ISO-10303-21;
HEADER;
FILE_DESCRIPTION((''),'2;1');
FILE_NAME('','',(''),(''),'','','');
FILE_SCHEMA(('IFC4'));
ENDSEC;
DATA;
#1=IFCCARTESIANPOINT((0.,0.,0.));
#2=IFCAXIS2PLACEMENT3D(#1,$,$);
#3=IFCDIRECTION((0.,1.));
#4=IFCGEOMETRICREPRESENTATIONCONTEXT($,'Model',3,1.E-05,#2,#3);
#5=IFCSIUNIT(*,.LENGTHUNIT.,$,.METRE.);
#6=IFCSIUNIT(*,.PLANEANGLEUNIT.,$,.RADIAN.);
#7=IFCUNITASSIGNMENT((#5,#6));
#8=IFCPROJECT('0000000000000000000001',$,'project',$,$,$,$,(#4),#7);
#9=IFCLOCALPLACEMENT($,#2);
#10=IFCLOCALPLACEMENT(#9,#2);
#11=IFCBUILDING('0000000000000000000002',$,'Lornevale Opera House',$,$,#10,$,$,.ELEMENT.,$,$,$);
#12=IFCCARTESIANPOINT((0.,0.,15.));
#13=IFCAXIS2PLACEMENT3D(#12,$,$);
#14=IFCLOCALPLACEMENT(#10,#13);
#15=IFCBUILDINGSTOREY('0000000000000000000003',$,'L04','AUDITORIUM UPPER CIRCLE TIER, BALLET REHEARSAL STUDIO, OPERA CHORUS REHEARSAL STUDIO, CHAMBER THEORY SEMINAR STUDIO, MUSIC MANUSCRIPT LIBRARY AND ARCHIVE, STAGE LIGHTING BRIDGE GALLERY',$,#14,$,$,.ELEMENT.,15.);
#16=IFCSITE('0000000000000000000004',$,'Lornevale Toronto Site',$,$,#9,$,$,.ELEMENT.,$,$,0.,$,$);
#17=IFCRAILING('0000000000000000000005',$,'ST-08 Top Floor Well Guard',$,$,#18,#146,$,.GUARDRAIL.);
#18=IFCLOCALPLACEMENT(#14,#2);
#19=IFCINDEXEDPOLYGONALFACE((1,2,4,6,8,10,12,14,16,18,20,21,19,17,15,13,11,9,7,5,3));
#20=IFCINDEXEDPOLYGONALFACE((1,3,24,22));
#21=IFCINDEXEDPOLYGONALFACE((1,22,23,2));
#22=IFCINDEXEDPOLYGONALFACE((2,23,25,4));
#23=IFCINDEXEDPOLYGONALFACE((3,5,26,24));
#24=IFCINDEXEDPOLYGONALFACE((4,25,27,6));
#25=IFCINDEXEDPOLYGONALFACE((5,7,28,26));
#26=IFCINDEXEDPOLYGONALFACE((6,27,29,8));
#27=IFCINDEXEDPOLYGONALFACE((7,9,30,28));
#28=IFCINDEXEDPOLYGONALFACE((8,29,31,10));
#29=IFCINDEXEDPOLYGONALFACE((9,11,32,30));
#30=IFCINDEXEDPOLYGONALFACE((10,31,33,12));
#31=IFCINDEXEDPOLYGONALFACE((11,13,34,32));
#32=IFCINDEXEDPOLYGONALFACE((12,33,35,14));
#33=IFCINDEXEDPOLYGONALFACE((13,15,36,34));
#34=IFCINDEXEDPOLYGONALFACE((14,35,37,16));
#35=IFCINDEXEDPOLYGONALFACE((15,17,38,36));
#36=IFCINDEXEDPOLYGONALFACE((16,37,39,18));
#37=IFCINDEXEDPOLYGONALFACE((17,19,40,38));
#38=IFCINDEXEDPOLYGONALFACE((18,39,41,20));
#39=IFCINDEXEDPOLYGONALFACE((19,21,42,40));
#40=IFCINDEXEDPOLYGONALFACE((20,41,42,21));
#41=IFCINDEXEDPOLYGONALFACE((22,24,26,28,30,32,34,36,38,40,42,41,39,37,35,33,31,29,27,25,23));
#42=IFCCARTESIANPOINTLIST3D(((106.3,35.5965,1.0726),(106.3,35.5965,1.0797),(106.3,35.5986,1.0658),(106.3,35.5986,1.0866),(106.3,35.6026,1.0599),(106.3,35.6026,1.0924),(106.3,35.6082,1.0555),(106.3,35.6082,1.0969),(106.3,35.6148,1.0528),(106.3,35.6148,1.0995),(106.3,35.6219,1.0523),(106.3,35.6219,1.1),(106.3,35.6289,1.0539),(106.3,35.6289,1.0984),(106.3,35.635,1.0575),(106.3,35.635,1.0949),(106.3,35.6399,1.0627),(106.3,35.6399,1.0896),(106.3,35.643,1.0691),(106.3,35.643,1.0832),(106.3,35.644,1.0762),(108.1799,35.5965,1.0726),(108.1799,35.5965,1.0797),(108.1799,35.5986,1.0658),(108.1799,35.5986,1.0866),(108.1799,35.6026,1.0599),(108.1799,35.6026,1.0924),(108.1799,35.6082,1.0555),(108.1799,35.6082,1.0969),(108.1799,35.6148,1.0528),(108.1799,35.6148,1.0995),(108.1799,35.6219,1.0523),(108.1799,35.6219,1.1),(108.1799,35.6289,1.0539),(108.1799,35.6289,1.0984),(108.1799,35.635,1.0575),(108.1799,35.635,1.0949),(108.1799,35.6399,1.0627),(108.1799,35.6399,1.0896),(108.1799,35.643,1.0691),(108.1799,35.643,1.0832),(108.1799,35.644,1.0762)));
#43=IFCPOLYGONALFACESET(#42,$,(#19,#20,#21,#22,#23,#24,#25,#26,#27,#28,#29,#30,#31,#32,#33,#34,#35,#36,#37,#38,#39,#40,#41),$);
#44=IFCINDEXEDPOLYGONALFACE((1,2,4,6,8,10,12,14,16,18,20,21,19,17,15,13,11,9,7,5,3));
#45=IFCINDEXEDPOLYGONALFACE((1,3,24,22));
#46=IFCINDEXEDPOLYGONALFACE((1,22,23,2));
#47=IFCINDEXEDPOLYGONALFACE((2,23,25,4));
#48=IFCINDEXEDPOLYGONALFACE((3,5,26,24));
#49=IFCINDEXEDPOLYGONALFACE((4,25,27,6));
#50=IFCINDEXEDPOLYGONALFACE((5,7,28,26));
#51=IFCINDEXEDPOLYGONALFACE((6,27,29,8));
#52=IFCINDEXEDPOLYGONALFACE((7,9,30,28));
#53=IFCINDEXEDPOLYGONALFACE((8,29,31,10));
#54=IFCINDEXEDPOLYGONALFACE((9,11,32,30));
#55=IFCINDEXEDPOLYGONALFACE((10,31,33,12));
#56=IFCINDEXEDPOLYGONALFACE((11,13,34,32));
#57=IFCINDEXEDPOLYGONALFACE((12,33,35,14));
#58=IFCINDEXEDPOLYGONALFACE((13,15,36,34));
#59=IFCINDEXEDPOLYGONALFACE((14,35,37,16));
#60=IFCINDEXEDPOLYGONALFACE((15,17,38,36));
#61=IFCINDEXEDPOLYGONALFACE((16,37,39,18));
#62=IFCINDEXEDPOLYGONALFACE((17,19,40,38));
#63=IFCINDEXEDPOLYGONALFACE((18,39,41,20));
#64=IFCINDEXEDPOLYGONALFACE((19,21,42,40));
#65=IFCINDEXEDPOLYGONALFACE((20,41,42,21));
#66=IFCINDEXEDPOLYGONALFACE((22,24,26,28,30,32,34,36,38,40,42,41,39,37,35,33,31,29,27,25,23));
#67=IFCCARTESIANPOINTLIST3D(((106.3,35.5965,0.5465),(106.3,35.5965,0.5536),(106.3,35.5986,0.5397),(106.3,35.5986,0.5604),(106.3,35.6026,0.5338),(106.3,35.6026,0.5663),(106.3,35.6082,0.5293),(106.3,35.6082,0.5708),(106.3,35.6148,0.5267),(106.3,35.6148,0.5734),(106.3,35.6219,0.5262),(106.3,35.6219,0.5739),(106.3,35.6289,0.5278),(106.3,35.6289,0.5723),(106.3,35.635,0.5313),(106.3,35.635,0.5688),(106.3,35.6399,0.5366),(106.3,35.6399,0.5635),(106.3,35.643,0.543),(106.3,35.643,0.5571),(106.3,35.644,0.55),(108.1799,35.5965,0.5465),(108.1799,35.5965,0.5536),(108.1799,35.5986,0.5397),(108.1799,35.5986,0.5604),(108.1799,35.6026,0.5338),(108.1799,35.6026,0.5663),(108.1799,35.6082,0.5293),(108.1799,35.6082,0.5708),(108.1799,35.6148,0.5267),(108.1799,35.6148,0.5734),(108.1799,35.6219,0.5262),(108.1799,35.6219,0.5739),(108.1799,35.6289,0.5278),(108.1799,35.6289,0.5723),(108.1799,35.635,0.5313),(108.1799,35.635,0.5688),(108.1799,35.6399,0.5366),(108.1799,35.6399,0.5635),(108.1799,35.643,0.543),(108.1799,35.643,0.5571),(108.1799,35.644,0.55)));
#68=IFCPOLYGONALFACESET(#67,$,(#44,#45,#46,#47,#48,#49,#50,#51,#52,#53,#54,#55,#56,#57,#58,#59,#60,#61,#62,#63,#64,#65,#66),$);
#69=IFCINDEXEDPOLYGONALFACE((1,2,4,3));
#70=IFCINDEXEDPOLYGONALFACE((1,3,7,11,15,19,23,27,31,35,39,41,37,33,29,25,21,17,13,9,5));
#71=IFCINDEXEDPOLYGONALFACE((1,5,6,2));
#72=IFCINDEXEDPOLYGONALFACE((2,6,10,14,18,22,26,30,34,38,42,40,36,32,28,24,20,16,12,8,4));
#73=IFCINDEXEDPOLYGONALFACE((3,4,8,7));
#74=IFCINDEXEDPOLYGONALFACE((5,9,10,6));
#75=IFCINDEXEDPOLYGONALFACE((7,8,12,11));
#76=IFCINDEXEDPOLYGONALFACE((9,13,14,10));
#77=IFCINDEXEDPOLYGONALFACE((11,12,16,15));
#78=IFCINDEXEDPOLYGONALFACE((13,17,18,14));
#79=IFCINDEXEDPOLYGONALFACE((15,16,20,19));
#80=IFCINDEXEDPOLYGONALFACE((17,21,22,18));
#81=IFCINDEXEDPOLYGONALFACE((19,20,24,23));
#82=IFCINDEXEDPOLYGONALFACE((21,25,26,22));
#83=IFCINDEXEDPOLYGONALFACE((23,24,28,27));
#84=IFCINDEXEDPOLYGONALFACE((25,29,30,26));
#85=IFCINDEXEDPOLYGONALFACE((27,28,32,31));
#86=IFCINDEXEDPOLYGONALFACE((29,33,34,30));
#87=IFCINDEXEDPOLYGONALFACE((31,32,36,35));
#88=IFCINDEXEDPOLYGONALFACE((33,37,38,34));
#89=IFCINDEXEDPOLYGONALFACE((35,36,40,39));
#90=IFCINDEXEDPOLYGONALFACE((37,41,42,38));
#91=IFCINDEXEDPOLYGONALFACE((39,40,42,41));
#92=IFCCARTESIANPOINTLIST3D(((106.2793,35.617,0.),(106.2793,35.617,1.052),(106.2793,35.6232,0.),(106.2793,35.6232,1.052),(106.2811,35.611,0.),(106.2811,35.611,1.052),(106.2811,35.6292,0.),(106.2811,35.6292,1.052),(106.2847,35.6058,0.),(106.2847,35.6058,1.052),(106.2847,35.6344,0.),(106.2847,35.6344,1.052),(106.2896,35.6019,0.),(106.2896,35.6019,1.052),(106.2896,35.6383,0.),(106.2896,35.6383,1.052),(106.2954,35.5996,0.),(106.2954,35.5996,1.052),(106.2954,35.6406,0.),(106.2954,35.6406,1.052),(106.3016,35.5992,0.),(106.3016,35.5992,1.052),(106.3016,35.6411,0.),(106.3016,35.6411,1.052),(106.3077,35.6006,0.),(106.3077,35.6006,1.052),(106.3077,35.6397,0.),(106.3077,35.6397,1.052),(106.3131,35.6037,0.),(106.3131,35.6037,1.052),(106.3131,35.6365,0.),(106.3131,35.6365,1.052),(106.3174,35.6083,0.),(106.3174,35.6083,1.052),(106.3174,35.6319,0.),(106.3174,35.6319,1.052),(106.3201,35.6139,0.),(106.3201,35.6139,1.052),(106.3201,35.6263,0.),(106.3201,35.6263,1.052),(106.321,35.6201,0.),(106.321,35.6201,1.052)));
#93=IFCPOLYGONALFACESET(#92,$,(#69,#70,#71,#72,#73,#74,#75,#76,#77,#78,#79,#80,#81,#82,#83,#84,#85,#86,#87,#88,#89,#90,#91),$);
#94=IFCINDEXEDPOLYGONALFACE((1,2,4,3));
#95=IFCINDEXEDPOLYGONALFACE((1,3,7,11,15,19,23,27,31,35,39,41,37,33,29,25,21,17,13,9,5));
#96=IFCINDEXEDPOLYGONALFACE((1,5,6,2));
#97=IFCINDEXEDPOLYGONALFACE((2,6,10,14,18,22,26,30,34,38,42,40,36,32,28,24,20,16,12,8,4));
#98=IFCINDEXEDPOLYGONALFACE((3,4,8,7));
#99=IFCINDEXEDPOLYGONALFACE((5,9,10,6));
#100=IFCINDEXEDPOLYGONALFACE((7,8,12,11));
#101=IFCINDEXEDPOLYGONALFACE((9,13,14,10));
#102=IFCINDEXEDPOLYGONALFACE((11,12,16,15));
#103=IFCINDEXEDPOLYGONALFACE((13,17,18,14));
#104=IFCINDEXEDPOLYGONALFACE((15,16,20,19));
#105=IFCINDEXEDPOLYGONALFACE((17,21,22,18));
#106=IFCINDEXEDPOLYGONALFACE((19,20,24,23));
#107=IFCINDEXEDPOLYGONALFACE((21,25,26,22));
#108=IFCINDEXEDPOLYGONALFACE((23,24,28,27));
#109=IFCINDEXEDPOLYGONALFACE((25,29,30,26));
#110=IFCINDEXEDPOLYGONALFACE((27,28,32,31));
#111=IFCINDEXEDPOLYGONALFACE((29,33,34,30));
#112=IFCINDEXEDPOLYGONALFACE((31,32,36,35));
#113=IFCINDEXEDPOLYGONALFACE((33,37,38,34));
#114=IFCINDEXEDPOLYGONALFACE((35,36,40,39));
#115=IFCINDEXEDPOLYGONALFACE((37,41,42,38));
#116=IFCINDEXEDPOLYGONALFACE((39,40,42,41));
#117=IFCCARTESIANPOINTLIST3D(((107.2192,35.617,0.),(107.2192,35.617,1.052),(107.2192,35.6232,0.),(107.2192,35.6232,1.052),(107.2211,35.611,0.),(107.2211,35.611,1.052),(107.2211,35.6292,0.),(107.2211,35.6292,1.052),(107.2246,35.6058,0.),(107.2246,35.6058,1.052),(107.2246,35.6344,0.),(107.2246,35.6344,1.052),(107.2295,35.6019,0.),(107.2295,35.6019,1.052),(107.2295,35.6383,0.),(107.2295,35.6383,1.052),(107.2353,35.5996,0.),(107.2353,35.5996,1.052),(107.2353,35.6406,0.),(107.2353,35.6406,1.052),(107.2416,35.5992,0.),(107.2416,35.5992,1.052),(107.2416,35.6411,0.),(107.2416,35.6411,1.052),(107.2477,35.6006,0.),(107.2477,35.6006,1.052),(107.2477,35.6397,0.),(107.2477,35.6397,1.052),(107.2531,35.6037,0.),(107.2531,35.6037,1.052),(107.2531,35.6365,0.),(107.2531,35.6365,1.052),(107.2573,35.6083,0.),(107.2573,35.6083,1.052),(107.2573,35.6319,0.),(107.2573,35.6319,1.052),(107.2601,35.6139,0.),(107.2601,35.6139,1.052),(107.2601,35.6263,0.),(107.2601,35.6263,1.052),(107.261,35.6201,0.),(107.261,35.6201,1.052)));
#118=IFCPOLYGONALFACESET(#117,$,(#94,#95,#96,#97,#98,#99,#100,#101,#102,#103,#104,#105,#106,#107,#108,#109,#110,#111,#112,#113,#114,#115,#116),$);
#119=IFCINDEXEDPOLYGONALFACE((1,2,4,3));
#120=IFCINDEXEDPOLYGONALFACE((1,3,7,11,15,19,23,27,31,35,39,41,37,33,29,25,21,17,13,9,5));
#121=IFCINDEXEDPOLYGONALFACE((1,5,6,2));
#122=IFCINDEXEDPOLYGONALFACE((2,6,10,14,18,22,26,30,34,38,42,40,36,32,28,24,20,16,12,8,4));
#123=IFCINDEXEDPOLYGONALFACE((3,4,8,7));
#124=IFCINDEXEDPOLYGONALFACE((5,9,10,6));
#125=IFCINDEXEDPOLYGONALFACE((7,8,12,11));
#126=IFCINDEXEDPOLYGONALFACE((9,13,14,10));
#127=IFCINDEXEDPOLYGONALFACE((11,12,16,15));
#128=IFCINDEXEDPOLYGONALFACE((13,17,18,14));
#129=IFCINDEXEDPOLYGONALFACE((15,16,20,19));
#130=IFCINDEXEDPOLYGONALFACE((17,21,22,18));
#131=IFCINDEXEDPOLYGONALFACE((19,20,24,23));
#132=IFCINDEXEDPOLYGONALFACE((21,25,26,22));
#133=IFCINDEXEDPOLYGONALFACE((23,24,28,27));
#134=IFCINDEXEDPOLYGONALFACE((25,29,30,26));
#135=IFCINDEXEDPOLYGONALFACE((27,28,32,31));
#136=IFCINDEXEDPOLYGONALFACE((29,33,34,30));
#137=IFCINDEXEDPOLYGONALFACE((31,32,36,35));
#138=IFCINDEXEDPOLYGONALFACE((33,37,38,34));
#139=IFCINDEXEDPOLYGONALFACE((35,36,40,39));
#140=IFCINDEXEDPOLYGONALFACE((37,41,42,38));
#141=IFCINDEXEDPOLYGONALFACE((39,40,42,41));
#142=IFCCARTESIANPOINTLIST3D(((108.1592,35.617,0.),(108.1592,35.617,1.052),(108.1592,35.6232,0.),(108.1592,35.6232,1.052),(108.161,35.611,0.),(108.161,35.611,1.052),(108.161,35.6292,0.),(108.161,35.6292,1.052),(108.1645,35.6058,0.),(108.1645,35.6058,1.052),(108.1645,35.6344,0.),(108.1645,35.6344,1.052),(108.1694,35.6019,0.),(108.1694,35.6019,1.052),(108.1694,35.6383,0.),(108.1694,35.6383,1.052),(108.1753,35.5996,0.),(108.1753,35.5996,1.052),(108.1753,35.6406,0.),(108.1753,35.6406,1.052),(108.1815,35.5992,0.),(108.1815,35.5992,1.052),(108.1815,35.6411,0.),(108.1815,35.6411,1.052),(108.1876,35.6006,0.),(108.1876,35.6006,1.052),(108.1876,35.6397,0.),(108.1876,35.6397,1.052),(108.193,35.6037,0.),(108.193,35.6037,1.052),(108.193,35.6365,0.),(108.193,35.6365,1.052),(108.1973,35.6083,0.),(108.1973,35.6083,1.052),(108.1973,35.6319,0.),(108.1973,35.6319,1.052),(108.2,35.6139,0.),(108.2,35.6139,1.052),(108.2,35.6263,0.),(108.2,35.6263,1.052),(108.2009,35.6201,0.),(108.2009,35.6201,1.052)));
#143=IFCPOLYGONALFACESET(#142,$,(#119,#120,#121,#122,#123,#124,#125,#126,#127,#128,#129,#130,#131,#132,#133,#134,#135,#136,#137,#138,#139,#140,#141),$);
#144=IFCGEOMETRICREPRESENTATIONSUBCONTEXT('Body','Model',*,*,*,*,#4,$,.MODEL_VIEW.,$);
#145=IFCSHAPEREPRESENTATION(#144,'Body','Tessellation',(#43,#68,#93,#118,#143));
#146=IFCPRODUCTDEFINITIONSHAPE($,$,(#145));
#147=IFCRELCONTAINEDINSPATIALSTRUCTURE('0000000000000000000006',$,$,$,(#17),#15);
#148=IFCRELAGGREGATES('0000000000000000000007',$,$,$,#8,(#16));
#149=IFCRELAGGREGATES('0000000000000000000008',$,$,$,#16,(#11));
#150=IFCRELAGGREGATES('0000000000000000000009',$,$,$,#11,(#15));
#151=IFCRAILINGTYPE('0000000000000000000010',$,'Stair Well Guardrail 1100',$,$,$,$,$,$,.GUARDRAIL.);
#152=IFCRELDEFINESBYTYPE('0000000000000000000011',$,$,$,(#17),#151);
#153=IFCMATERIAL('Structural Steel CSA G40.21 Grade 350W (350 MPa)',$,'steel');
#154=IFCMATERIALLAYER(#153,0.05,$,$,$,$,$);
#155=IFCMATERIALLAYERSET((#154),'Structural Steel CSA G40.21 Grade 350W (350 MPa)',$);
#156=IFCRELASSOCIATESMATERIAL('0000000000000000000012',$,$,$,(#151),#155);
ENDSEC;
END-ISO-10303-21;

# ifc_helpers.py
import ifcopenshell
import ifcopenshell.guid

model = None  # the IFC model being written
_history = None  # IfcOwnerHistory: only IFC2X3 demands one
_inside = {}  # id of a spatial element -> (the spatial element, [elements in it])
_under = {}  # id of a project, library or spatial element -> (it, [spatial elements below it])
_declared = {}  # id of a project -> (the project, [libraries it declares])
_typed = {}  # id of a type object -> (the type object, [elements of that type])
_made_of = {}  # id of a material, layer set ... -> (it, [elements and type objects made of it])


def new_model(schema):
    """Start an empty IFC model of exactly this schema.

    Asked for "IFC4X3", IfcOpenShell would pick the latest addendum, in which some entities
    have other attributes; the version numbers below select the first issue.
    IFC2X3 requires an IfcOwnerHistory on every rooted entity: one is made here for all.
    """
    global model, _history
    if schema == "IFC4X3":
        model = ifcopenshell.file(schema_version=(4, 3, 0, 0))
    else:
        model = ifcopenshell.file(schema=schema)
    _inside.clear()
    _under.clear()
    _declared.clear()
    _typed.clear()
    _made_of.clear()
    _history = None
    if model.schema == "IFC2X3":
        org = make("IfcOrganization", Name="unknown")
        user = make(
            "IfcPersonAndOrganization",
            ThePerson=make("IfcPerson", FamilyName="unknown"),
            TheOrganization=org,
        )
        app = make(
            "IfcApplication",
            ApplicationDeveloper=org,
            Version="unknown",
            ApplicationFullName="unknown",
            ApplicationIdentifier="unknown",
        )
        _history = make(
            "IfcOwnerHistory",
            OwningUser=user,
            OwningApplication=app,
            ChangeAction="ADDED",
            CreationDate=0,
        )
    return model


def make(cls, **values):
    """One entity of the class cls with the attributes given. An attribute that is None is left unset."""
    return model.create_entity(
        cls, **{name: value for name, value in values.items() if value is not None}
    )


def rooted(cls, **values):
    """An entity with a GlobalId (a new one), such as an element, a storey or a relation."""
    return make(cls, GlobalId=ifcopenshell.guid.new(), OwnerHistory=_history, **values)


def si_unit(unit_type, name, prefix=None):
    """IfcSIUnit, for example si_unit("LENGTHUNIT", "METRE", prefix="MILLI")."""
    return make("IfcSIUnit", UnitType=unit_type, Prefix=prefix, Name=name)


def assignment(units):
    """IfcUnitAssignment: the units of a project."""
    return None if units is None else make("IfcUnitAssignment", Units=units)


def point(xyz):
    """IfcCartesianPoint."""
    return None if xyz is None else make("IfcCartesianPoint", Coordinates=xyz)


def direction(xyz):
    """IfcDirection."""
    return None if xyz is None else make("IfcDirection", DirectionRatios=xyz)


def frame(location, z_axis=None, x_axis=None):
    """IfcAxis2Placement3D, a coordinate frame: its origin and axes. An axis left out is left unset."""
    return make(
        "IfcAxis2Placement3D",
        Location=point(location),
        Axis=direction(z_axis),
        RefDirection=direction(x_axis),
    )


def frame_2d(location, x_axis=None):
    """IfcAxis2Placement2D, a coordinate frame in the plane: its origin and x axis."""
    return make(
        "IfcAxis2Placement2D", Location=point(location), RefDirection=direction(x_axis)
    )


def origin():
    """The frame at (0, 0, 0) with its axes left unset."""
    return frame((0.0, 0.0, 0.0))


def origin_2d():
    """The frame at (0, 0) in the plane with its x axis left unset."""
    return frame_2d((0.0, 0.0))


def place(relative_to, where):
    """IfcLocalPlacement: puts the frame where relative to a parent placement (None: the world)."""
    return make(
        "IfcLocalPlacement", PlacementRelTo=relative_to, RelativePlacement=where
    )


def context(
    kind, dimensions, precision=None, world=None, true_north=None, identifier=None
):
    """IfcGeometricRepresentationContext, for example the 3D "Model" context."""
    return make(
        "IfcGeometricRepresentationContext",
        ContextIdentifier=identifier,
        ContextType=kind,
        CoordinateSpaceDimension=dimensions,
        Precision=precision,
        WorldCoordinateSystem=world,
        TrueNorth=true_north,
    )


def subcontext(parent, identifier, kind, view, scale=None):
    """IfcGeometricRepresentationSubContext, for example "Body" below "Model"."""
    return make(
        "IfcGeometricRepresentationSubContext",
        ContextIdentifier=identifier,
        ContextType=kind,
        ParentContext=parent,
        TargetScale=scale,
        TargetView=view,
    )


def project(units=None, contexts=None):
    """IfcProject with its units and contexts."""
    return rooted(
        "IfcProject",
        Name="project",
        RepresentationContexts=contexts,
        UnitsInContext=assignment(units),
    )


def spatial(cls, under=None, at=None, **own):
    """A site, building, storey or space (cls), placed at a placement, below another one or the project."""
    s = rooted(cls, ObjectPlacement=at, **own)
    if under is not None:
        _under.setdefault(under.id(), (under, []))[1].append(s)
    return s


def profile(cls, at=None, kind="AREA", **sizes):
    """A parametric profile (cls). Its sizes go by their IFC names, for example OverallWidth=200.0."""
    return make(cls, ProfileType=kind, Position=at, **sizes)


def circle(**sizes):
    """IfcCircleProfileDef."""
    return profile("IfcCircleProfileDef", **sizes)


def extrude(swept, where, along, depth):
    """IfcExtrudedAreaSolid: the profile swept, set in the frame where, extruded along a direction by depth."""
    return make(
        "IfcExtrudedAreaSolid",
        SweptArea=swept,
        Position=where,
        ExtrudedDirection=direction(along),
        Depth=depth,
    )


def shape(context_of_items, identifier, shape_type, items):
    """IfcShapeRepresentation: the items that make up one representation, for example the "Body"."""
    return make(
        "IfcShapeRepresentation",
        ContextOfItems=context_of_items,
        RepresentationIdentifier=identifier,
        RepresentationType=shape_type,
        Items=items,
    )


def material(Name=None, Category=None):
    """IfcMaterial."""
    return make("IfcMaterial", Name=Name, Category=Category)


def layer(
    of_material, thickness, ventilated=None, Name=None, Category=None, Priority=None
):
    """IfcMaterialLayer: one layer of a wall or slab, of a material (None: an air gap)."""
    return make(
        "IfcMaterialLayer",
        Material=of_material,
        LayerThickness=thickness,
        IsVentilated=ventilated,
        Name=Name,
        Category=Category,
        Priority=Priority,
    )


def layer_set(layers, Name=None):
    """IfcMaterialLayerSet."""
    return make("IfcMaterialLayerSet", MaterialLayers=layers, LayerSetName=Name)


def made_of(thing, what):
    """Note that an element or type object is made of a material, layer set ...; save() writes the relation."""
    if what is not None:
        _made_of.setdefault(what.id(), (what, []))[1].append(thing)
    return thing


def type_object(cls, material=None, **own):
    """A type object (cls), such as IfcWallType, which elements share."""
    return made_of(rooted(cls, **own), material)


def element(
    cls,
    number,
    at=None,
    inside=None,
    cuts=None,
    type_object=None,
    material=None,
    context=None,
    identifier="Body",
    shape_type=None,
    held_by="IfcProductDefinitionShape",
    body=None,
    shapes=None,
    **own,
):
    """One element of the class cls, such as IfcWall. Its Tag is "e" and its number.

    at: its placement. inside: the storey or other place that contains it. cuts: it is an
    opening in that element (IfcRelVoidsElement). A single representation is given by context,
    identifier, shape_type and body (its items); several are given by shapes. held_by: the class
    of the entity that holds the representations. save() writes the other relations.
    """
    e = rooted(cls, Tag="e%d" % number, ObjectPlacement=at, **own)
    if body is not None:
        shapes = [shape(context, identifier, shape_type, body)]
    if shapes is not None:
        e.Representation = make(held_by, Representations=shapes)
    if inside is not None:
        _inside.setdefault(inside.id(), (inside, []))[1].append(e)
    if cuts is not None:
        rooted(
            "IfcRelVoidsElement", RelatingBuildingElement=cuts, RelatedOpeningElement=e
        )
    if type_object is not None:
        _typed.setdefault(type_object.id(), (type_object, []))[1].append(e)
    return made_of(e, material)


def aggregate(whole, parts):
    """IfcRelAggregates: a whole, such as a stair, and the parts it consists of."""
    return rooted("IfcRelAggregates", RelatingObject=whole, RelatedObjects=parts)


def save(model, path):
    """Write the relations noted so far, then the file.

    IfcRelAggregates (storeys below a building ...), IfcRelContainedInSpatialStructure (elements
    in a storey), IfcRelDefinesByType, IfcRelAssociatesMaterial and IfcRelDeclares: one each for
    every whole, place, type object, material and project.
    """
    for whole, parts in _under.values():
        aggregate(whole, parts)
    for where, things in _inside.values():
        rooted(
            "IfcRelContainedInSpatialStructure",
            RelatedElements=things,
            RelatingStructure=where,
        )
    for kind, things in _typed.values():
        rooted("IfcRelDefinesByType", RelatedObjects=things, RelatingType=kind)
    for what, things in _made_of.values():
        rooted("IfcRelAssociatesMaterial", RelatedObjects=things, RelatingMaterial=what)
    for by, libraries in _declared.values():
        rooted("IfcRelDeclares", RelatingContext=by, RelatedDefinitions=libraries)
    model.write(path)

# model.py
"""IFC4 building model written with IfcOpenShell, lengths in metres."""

from ifc_helpers import new_model, si_unit, direction, frame, origin, origin_2d, place, context, subcontext, project, spatial, circle, extrude, material, layer, layer_set, type_object, element, save


model = new_model("IFC4")

# Units and contexts
model_context = context("Model", 3, precision=1e-05, world=origin(), true_north=direction((0.0, 1.0)))
body_context = subcontext(model_context, "Body", "Model", "MODEL_VIEW")
ifc_project = project(units=[si_unit("LENGTHUNIT", "METRE"), si_unit("PLANEANGLEUNIT", "RADIAN")], contexts=[model_context])

# Site, building, storey
site_placement = place(None, origin())
site = spatial("IfcSite", under=ifc_project, at=site_placement, Name="Lornevale Toronto Site", CompositionType="ELEMENT", RefElevation=0.0)
building_placement = place(site_placement, origin())
building = spatial("IfcBuilding", under=site, at=building_placement, Name="Lornevale Opera House", CompositionType="ELEMENT")
storey_placement = place(building_placement, frame((0.0, 0.0, 15.0)))
storey = spatial("IfcBuildingStorey", under=building, at=storey_placement, Name="L04", Description="AUDITORIUM UPPER CIRCLE TIER, BALLET REHEARSAL STUDIO, OPERA CHORUS REHEARSAL STUDIO, CHAMBER THEORY SEMINAR STUDIO, MUSIC MANUSCRIPT LIBRARY AND ARCHIVE, STAGE LIGHTING BRIDGE GALLERY", CompositionType="ELEMENT", Elevation=15.0)

# Shared definitions
ifc_material_1 = material(Name="Structural Steel CSA G40.21 Grade 350W (350 MPa)", Category="steel")

# Railing
ifc_layer_1 = layer(ifc_material_1, 0.05)
ifc_layer_set_1 = layer_set([ifc_layer_1], Name="Structural Steel CSA G40.21 Grade 350W (350 MPa)")
railing_type = type_object("IfcRailingType", Name="Stair Well Guardrail 1100", PredefinedType="GUARDRAIL", material=ifc_layer_set_1)
railing_placement = place(storey_placement, frame((106.3, 35.6201, 0.0)))
element("IfcRailing", 1, at=railing_placement, inside=storey, type_object=railing_type, Name="ST-08 Top Floor Well Guard", PredefinedType="GUARDRAIL", context=body_context, shape_type="SweptSolid", body=[
    extrude(circle(Radius=0.0239, at=origin_2d()), frame((0.0, 0.0, 1.0762), z_axis=(1.0, 0.0, 0.0), x_axis=(0.0, 1.0, 0.0)), (0.0, 0.0, 1.0), 1.8799),
    extrude(circle(Radius=0.0239, at=origin_2d()), frame((0.0, 0.0, 0.55), z_axis=(1.0, 0.0, 0.0), x_axis=(0.0, 1.0, 0.0)), (0.0, 0.0, 1.0), 1.8799),
    extrude(circle(Radius=0.021, at=origin_2d()), origin(), (0.0, 0.0, 1.0), 1.052),
    extrude(circle(Radius=0.021, at=origin_2d()), frame((0.9399, 0.0, 0.0)), (0.0, 0.0, 1.0), 1.052),
    extrude(circle(Radius=0.021, at=origin_2d()), frame((1.8799, 0.0, 0.0)), (0.0, 0.0, 1.0), 1.052),
])

save(model, "model.ifc")
